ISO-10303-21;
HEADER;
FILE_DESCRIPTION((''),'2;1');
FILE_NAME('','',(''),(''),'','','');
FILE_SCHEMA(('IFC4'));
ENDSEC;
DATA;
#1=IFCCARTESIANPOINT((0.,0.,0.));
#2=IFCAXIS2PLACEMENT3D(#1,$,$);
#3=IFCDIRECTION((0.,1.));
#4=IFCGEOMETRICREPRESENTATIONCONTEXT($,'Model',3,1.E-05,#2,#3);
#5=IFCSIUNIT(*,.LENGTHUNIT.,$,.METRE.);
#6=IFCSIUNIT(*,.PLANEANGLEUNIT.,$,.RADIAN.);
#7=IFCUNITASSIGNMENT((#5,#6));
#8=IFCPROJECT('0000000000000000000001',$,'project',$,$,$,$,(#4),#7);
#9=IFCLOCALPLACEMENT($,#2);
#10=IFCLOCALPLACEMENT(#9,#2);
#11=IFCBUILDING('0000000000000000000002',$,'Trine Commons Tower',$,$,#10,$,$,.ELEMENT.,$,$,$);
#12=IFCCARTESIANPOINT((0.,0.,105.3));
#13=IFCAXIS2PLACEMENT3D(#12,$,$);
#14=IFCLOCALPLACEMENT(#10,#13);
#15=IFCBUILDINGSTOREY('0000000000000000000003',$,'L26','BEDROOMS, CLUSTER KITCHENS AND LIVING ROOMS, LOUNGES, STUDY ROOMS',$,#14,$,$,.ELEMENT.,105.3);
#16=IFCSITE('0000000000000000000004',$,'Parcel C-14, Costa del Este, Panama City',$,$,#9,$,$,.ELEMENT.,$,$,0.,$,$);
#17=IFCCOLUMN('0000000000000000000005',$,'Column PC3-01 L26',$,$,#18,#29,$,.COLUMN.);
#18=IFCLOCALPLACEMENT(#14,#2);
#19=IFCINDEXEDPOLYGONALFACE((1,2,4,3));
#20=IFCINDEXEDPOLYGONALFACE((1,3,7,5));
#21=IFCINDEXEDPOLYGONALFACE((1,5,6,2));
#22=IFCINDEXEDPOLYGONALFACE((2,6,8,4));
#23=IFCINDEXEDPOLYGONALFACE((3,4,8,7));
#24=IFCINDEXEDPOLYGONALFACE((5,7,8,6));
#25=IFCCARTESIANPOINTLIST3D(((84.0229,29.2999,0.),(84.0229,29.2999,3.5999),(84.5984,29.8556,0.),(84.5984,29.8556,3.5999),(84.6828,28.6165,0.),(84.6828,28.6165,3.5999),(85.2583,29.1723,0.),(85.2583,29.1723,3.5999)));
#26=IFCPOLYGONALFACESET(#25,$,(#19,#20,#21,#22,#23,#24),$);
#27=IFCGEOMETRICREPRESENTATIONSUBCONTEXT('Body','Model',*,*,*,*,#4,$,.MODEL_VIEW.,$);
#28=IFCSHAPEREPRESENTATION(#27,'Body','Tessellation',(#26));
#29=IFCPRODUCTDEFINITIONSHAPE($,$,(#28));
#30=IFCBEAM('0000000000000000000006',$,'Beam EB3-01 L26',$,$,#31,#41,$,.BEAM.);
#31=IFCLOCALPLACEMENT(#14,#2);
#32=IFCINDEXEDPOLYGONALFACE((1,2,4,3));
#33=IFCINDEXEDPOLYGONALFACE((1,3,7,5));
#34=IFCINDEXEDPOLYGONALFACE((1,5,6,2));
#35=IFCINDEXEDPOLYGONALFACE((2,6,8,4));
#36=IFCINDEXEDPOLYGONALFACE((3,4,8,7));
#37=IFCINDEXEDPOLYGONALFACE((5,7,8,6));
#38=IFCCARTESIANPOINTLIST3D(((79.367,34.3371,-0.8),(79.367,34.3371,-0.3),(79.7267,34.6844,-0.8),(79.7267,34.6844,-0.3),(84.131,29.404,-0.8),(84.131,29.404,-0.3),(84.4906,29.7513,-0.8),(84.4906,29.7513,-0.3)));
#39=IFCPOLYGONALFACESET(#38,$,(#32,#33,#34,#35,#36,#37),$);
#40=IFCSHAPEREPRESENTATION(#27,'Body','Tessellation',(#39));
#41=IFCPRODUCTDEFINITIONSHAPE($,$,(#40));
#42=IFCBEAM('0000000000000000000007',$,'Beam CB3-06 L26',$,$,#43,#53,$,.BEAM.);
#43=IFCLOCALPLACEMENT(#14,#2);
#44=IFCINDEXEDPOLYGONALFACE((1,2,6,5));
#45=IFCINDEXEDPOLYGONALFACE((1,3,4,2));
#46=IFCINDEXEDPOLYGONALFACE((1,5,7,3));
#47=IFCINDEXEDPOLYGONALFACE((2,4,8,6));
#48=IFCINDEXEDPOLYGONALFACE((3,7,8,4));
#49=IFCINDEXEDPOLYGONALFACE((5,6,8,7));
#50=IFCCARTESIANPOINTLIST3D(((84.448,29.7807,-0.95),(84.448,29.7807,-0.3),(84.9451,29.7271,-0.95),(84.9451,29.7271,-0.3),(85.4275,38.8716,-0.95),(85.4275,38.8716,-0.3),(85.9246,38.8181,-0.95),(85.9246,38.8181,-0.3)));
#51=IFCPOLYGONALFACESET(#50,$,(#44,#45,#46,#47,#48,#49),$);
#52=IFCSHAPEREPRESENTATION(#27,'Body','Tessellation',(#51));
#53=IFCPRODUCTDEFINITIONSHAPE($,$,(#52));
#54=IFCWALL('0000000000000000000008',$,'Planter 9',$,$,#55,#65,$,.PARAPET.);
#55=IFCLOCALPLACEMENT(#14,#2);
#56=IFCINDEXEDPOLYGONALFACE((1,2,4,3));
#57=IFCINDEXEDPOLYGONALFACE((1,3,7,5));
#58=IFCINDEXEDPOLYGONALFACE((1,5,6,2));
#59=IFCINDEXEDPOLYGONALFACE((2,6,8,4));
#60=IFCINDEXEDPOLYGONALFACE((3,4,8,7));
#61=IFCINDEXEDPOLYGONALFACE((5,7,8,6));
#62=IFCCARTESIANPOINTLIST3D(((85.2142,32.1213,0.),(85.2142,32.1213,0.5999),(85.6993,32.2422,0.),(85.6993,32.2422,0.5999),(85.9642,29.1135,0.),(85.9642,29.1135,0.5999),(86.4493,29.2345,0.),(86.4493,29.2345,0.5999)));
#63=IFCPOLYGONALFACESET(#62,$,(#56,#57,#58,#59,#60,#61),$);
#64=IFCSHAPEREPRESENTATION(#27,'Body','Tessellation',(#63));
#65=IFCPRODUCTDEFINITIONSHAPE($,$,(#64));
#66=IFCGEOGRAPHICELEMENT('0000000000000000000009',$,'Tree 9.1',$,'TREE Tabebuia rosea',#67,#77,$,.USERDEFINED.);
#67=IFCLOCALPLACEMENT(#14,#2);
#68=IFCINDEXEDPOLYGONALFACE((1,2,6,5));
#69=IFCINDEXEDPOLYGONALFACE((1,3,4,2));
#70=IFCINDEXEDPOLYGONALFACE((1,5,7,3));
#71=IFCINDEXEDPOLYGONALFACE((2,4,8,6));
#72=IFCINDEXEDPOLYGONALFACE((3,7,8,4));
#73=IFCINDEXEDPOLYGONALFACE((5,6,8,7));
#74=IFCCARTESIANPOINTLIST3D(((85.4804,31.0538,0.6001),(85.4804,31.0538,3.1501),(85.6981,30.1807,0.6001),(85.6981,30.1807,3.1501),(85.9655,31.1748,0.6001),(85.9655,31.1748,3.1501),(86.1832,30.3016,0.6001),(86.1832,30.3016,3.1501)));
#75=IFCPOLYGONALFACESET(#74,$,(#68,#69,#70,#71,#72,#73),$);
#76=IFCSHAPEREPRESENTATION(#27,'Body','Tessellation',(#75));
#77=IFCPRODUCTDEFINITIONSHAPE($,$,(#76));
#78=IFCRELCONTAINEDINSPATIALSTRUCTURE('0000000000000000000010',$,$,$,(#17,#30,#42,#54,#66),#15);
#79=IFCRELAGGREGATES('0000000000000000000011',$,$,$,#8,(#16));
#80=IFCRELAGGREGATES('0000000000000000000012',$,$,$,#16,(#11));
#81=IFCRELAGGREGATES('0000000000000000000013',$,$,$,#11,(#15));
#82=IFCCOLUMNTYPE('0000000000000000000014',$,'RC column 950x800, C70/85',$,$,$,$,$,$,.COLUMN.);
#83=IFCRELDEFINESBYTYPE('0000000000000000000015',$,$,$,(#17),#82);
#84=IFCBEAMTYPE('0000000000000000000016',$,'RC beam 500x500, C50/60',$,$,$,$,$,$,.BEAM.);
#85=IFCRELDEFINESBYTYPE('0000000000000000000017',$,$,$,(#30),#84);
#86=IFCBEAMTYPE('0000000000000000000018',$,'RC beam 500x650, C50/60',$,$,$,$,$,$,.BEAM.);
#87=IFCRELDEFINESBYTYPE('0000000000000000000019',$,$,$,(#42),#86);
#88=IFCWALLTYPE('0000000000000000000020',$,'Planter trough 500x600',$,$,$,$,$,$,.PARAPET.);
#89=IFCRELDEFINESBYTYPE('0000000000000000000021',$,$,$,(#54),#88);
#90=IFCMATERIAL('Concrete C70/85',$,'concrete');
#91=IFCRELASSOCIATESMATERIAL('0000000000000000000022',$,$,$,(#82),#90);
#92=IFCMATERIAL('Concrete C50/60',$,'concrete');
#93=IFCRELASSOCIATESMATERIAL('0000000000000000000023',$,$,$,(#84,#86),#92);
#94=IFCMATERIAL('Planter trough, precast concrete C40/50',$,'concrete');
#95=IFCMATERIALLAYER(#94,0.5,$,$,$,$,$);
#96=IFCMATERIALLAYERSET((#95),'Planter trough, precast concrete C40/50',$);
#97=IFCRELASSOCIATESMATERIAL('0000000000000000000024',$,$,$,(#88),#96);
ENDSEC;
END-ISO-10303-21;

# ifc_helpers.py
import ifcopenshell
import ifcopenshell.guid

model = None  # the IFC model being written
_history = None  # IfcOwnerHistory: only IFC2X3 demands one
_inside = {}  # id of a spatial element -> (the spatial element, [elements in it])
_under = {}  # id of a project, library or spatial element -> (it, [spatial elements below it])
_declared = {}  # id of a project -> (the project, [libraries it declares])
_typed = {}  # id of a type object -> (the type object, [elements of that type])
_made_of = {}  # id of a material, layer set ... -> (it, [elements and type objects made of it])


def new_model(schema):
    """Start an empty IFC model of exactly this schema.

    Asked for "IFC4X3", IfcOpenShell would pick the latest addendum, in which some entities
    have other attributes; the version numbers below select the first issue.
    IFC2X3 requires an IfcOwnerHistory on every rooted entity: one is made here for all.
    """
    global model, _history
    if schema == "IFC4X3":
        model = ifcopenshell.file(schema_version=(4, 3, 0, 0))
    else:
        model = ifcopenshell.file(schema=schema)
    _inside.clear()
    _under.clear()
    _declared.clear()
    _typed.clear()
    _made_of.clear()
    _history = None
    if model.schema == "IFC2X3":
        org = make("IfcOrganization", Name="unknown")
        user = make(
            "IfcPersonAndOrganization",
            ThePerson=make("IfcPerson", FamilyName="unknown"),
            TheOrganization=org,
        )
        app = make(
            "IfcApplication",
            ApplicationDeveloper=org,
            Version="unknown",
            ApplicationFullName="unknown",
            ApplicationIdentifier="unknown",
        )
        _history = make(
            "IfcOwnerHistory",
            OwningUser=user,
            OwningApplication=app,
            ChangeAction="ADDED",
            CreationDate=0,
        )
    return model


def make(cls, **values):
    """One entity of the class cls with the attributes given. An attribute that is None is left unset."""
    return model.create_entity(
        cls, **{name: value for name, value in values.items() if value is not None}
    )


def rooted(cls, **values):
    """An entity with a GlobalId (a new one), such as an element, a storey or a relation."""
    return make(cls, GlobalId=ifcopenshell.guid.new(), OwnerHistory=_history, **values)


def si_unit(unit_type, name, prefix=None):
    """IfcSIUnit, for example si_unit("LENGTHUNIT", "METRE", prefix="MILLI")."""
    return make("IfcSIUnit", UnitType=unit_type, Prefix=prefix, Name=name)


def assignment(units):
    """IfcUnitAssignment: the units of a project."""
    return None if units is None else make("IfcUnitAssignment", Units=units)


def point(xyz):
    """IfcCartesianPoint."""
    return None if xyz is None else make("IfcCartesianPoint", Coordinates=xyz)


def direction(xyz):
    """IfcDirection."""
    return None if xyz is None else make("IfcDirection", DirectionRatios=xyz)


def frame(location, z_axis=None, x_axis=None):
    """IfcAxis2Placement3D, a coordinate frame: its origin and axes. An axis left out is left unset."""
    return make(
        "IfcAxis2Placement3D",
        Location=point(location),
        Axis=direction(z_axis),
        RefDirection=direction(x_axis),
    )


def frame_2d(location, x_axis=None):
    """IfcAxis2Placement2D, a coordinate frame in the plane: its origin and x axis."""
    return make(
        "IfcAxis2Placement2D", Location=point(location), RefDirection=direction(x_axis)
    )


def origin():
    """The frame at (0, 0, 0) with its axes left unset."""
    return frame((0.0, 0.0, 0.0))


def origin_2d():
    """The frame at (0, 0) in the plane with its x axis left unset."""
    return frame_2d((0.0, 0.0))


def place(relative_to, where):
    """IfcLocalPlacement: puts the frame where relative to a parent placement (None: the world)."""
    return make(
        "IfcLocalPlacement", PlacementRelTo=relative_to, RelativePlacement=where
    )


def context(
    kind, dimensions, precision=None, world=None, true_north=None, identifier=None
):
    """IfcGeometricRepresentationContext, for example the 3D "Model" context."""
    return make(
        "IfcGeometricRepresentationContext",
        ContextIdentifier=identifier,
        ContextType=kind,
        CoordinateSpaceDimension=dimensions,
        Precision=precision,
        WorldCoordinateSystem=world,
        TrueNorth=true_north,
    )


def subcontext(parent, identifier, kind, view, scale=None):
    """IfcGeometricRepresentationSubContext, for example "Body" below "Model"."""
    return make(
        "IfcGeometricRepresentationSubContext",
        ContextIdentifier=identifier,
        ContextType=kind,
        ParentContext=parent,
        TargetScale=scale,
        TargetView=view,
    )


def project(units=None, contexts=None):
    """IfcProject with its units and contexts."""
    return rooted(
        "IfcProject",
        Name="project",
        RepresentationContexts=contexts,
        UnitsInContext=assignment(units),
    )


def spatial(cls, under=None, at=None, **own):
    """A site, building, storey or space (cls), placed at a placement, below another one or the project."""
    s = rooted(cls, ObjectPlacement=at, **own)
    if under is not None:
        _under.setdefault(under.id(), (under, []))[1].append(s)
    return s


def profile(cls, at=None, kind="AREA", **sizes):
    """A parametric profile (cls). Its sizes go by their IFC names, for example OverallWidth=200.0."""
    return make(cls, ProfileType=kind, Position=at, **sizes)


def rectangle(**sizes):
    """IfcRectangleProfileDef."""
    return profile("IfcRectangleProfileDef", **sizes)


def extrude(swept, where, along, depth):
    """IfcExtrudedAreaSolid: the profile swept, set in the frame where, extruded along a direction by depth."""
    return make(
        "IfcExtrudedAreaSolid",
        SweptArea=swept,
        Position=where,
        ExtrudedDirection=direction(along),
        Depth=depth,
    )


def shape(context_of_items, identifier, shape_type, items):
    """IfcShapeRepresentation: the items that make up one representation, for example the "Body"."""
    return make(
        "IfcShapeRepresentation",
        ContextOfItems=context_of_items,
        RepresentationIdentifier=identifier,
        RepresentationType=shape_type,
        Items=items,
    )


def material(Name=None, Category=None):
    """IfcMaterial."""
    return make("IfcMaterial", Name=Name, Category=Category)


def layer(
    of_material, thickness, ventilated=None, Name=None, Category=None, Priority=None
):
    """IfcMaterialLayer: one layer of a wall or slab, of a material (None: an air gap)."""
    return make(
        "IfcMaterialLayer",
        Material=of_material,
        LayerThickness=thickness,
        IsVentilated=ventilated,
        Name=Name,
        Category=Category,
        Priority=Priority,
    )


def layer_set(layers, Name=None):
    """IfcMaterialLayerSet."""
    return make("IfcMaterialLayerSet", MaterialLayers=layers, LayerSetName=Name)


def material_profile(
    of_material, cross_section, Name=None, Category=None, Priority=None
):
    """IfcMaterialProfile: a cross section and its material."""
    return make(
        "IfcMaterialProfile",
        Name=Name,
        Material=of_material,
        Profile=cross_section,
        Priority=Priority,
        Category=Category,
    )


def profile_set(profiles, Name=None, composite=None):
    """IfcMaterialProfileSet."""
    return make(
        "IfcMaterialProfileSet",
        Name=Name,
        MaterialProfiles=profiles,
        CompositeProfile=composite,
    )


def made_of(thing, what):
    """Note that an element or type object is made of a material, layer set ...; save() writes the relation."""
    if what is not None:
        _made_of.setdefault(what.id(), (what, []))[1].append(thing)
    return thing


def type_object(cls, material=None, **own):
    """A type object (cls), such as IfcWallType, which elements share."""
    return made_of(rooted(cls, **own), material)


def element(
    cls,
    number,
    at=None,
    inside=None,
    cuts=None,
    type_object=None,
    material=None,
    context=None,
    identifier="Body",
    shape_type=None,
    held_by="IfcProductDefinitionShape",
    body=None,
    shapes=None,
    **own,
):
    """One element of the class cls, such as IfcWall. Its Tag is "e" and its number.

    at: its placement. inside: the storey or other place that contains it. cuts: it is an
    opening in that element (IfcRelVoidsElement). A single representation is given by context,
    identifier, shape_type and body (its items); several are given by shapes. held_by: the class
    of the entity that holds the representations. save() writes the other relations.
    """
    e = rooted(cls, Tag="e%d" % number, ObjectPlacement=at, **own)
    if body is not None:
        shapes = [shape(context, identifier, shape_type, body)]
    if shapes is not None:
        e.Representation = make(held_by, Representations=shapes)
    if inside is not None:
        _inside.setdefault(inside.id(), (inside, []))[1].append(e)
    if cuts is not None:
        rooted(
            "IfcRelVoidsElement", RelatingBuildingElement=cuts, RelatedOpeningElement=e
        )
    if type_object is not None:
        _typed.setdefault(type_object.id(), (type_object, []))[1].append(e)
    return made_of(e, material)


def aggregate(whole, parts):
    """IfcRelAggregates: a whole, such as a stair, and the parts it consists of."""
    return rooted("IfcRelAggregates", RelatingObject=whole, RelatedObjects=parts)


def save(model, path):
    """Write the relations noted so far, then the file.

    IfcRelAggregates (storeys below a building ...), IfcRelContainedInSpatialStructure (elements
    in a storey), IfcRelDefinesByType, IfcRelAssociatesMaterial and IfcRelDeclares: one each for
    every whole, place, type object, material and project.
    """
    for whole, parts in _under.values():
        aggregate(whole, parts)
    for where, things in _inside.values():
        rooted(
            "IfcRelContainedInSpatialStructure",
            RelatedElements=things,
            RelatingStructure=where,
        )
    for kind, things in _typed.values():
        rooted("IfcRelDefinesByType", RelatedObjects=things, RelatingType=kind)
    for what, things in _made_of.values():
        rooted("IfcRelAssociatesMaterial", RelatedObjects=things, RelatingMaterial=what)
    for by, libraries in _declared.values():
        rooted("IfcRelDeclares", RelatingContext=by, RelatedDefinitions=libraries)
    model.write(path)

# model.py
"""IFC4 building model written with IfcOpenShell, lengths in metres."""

from ifc_helpers import new_model, si_unit, direction, frame, frame_2d, origin, origin_2d, place, context, subcontext, project, spatial, rectangle, extrude, material, layer, layer_set, material_profile, profile_set, type_object, element, save


model = new_model("IFC4")

# Units and contexts
model_context = context("Model", 3, precision=1e-05, world=origin(), true_north=direction((0.0, 1.0)))
body_context = subcontext(model_context, "Body", "Model", "MODEL_VIEW")
ifc_project = project(units=[si_unit("LENGTHUNIT", "METRE"), si_unit("PLANEANGLEUNIT", "RADIAN")], contexts=[model_context])

# Site, building, storey
site_placement = place(None, origin())
site = spatial("IfcSite", under=ifc_project, at=site_placement, Name="Parcel C-14, Costa del Este, Panama City", CompositionType="ELEMENT", RefElevation=0.0)
building_placement = place(site_placement, origin())
building = spatial("IfcBuilding", under=site, at=building_placement, Name="Trine Commons Tower", CompositionType="ELEMENT")
storey_placement = place(building_placement, frame((0.0, 0.0, 105.3)))
storey = spatial("IfcBuildingStorey", under=building, at=storey_placement, Name="L26", Description="BEDROOMS, CLUSTER KITCHENS AND LIVING ROOMS, LOUNGES, STUDY ROOMS", CompositionType="ELEMENT", Elevation=105.3)

# Column
ifc_material_1 = material(Name="Concrete C70/85", Category="concrete")
ifc_material_profile_1 = material_profile(ifc_material_1, rectangle(XDim=0.95, YDim=0.8, at=origin_2d()), Name="RC 950x800")
ifc_profile_set_1 = profile_set([ifc_material_profile_1], Name="Concrete C70/85")
column_type = type_object("IfcColumnType", Name="RC column 950x800, C70/85", PredefinedType="COLUMN", material=ifc_profile_set_1)
column_placement = place(storey_placement, frame((84.6406, 29.2361, 0.0), z_axis=(0.0, 0.0, 1.0), x_axis=(-0.694658, 0.71934, 0.0)))
element("IfcColumn", 1, at=column_placement, inside=storey, type_object=column_type, Name="Column PC3-01 L26", PredefinedType="COLUMN", context=body_context, shape_type="SweptSolid", body=[
    extrude(rectangle(XDim=0.95, YDim=0.8, at=origin_2d()), origin(), (0.0, 0.0, 1.0), 3.5999),
])

# Beams
ifc_material_2 = material(Name="Concrete C50/60", Category="concrete")
ifc_material_profile_2 = material_profile(ifc_material_2, rectangle(XDim=0.5, YDim=0.5, at=origin_2d()), Name="RC 500x500")
ifc_profile_set_2 = profile_set([ifc_material_profile_2], Name="Concrete C50/60")
beam_type_1 = type_object("IfcBeamType", Name="RC beam 500x500, C50/60", PredefinedType="BEAM", material=ifc_profile_set_2)
beam_1_placement = place(storey_placement, frame((84.3108, 29.5776, -0.55), z_axis=(-0.694664, 0.719335, 0.0), x_axis=(-0.719335, -0.694664, 0.0)))
element("IfcBeam", 2, at=beam_1_placement, inside=storey, type_object=beam_type_1, Name="Beam EB3-01 L26", PredefinedType="BEAM", context=body_context, shape_type="SweptSolid", body=[
    extrude(rectangle(XDim=0.5, YDim=0.5, at=origin_2d()), origin(), (0.0, 0.0, 1.0), 6.8579),
])
ifc_material_profile_3 = material_profile(ifc_material_2, rectangle(XDim=0.5, YDim=0.6499, at=origin_2d()), Name="RC 500x650")
ifc_profile_set_3 = profile_set([ifc_material_profile_3], Name="Concrete C50/60")
beam_type_2 = type_object("IfcBeamType", Name="RC beam 500x650, C50/60", PredefinedType="BEAM", material=ifc_profile_set_3)
beam_2_placement = place(storey_placement, frame((84.6965, 29.7539, -0.625), z_axis=(0.107125, 0.994246, 0.0), x_axis=(-0.994246, 0.107125, 0.0)))
element("IfcBeam", 3, at=beam_2_placement, inside=storey, type_object=beam_type_2, Name="Beam CB3-06 L26", PredefinedType="BEAM", context=body_context, shape_type="SweptSolid", body=[
    extrude(rectangle(XDim=0.5, YDim=0.6499, at=origin_2d()), origin(), (0.0, 0.0, 1.0), 9.1436),
])

# Wall
ifc_material_3 = material(Name="Planter trough, precast concrete C40/50", Category="concrete")
ifc_layer_1 = layer(ifc_material_3, 0.5)
ifc_layer_set_1 = layer_set([ifc_layer_1], Name="Planter trough, precast concrete C40/50")
wall_type_1 = type_object("IfcWallType", Name="Planter trough 500x600", PredefinedType="PARAPET", material=ifc_layer_set_1)
wall_1_placement = place(storey_placement, frame((85.4568, 32.1816, 0.0), z_axis=(0.0, 0.0, 1.0), x_axis=(0.241943, -0.970291, 0.0)))
element("IfcWall", 4, at=wall_1_placement, inside=storey, type_object=wall_type_1, Name="Planter 9", PredefinedType="PARAPET", context=body_context, shape_type="SweptSolid", body=[
    extrude(rectangle(XDim=3.0999, YDim=0.5, at=frame_2d((1.5498, 0.0))), origin(), (0.0, 0.0, 1.0), 0.5999),
])

# Geographic element
geographic_element_placement = place(storey_placement, frame((85.8318, 30.6777, 0.6001), z_axis=(0.0, 0.0, 1.0), x_axis=(0.241908, -0.970299, 0.0)))
element("IfcGeographicElement", 5, at=geographic_element_placement, inside=storey, Name="Tree 9.1", ObjectType="TREE Tabebuia rosea", PredefinedType="USERDEFINED", context=body_context, shape_type="SweptSolid", body=[
    extrude(rectangle(XDim=0.8999, YDim=0.5, at=origin_2d()), origin(), (0.0, 0.0, 1.0), 2.55),
])

save(model, "model.ifc")
